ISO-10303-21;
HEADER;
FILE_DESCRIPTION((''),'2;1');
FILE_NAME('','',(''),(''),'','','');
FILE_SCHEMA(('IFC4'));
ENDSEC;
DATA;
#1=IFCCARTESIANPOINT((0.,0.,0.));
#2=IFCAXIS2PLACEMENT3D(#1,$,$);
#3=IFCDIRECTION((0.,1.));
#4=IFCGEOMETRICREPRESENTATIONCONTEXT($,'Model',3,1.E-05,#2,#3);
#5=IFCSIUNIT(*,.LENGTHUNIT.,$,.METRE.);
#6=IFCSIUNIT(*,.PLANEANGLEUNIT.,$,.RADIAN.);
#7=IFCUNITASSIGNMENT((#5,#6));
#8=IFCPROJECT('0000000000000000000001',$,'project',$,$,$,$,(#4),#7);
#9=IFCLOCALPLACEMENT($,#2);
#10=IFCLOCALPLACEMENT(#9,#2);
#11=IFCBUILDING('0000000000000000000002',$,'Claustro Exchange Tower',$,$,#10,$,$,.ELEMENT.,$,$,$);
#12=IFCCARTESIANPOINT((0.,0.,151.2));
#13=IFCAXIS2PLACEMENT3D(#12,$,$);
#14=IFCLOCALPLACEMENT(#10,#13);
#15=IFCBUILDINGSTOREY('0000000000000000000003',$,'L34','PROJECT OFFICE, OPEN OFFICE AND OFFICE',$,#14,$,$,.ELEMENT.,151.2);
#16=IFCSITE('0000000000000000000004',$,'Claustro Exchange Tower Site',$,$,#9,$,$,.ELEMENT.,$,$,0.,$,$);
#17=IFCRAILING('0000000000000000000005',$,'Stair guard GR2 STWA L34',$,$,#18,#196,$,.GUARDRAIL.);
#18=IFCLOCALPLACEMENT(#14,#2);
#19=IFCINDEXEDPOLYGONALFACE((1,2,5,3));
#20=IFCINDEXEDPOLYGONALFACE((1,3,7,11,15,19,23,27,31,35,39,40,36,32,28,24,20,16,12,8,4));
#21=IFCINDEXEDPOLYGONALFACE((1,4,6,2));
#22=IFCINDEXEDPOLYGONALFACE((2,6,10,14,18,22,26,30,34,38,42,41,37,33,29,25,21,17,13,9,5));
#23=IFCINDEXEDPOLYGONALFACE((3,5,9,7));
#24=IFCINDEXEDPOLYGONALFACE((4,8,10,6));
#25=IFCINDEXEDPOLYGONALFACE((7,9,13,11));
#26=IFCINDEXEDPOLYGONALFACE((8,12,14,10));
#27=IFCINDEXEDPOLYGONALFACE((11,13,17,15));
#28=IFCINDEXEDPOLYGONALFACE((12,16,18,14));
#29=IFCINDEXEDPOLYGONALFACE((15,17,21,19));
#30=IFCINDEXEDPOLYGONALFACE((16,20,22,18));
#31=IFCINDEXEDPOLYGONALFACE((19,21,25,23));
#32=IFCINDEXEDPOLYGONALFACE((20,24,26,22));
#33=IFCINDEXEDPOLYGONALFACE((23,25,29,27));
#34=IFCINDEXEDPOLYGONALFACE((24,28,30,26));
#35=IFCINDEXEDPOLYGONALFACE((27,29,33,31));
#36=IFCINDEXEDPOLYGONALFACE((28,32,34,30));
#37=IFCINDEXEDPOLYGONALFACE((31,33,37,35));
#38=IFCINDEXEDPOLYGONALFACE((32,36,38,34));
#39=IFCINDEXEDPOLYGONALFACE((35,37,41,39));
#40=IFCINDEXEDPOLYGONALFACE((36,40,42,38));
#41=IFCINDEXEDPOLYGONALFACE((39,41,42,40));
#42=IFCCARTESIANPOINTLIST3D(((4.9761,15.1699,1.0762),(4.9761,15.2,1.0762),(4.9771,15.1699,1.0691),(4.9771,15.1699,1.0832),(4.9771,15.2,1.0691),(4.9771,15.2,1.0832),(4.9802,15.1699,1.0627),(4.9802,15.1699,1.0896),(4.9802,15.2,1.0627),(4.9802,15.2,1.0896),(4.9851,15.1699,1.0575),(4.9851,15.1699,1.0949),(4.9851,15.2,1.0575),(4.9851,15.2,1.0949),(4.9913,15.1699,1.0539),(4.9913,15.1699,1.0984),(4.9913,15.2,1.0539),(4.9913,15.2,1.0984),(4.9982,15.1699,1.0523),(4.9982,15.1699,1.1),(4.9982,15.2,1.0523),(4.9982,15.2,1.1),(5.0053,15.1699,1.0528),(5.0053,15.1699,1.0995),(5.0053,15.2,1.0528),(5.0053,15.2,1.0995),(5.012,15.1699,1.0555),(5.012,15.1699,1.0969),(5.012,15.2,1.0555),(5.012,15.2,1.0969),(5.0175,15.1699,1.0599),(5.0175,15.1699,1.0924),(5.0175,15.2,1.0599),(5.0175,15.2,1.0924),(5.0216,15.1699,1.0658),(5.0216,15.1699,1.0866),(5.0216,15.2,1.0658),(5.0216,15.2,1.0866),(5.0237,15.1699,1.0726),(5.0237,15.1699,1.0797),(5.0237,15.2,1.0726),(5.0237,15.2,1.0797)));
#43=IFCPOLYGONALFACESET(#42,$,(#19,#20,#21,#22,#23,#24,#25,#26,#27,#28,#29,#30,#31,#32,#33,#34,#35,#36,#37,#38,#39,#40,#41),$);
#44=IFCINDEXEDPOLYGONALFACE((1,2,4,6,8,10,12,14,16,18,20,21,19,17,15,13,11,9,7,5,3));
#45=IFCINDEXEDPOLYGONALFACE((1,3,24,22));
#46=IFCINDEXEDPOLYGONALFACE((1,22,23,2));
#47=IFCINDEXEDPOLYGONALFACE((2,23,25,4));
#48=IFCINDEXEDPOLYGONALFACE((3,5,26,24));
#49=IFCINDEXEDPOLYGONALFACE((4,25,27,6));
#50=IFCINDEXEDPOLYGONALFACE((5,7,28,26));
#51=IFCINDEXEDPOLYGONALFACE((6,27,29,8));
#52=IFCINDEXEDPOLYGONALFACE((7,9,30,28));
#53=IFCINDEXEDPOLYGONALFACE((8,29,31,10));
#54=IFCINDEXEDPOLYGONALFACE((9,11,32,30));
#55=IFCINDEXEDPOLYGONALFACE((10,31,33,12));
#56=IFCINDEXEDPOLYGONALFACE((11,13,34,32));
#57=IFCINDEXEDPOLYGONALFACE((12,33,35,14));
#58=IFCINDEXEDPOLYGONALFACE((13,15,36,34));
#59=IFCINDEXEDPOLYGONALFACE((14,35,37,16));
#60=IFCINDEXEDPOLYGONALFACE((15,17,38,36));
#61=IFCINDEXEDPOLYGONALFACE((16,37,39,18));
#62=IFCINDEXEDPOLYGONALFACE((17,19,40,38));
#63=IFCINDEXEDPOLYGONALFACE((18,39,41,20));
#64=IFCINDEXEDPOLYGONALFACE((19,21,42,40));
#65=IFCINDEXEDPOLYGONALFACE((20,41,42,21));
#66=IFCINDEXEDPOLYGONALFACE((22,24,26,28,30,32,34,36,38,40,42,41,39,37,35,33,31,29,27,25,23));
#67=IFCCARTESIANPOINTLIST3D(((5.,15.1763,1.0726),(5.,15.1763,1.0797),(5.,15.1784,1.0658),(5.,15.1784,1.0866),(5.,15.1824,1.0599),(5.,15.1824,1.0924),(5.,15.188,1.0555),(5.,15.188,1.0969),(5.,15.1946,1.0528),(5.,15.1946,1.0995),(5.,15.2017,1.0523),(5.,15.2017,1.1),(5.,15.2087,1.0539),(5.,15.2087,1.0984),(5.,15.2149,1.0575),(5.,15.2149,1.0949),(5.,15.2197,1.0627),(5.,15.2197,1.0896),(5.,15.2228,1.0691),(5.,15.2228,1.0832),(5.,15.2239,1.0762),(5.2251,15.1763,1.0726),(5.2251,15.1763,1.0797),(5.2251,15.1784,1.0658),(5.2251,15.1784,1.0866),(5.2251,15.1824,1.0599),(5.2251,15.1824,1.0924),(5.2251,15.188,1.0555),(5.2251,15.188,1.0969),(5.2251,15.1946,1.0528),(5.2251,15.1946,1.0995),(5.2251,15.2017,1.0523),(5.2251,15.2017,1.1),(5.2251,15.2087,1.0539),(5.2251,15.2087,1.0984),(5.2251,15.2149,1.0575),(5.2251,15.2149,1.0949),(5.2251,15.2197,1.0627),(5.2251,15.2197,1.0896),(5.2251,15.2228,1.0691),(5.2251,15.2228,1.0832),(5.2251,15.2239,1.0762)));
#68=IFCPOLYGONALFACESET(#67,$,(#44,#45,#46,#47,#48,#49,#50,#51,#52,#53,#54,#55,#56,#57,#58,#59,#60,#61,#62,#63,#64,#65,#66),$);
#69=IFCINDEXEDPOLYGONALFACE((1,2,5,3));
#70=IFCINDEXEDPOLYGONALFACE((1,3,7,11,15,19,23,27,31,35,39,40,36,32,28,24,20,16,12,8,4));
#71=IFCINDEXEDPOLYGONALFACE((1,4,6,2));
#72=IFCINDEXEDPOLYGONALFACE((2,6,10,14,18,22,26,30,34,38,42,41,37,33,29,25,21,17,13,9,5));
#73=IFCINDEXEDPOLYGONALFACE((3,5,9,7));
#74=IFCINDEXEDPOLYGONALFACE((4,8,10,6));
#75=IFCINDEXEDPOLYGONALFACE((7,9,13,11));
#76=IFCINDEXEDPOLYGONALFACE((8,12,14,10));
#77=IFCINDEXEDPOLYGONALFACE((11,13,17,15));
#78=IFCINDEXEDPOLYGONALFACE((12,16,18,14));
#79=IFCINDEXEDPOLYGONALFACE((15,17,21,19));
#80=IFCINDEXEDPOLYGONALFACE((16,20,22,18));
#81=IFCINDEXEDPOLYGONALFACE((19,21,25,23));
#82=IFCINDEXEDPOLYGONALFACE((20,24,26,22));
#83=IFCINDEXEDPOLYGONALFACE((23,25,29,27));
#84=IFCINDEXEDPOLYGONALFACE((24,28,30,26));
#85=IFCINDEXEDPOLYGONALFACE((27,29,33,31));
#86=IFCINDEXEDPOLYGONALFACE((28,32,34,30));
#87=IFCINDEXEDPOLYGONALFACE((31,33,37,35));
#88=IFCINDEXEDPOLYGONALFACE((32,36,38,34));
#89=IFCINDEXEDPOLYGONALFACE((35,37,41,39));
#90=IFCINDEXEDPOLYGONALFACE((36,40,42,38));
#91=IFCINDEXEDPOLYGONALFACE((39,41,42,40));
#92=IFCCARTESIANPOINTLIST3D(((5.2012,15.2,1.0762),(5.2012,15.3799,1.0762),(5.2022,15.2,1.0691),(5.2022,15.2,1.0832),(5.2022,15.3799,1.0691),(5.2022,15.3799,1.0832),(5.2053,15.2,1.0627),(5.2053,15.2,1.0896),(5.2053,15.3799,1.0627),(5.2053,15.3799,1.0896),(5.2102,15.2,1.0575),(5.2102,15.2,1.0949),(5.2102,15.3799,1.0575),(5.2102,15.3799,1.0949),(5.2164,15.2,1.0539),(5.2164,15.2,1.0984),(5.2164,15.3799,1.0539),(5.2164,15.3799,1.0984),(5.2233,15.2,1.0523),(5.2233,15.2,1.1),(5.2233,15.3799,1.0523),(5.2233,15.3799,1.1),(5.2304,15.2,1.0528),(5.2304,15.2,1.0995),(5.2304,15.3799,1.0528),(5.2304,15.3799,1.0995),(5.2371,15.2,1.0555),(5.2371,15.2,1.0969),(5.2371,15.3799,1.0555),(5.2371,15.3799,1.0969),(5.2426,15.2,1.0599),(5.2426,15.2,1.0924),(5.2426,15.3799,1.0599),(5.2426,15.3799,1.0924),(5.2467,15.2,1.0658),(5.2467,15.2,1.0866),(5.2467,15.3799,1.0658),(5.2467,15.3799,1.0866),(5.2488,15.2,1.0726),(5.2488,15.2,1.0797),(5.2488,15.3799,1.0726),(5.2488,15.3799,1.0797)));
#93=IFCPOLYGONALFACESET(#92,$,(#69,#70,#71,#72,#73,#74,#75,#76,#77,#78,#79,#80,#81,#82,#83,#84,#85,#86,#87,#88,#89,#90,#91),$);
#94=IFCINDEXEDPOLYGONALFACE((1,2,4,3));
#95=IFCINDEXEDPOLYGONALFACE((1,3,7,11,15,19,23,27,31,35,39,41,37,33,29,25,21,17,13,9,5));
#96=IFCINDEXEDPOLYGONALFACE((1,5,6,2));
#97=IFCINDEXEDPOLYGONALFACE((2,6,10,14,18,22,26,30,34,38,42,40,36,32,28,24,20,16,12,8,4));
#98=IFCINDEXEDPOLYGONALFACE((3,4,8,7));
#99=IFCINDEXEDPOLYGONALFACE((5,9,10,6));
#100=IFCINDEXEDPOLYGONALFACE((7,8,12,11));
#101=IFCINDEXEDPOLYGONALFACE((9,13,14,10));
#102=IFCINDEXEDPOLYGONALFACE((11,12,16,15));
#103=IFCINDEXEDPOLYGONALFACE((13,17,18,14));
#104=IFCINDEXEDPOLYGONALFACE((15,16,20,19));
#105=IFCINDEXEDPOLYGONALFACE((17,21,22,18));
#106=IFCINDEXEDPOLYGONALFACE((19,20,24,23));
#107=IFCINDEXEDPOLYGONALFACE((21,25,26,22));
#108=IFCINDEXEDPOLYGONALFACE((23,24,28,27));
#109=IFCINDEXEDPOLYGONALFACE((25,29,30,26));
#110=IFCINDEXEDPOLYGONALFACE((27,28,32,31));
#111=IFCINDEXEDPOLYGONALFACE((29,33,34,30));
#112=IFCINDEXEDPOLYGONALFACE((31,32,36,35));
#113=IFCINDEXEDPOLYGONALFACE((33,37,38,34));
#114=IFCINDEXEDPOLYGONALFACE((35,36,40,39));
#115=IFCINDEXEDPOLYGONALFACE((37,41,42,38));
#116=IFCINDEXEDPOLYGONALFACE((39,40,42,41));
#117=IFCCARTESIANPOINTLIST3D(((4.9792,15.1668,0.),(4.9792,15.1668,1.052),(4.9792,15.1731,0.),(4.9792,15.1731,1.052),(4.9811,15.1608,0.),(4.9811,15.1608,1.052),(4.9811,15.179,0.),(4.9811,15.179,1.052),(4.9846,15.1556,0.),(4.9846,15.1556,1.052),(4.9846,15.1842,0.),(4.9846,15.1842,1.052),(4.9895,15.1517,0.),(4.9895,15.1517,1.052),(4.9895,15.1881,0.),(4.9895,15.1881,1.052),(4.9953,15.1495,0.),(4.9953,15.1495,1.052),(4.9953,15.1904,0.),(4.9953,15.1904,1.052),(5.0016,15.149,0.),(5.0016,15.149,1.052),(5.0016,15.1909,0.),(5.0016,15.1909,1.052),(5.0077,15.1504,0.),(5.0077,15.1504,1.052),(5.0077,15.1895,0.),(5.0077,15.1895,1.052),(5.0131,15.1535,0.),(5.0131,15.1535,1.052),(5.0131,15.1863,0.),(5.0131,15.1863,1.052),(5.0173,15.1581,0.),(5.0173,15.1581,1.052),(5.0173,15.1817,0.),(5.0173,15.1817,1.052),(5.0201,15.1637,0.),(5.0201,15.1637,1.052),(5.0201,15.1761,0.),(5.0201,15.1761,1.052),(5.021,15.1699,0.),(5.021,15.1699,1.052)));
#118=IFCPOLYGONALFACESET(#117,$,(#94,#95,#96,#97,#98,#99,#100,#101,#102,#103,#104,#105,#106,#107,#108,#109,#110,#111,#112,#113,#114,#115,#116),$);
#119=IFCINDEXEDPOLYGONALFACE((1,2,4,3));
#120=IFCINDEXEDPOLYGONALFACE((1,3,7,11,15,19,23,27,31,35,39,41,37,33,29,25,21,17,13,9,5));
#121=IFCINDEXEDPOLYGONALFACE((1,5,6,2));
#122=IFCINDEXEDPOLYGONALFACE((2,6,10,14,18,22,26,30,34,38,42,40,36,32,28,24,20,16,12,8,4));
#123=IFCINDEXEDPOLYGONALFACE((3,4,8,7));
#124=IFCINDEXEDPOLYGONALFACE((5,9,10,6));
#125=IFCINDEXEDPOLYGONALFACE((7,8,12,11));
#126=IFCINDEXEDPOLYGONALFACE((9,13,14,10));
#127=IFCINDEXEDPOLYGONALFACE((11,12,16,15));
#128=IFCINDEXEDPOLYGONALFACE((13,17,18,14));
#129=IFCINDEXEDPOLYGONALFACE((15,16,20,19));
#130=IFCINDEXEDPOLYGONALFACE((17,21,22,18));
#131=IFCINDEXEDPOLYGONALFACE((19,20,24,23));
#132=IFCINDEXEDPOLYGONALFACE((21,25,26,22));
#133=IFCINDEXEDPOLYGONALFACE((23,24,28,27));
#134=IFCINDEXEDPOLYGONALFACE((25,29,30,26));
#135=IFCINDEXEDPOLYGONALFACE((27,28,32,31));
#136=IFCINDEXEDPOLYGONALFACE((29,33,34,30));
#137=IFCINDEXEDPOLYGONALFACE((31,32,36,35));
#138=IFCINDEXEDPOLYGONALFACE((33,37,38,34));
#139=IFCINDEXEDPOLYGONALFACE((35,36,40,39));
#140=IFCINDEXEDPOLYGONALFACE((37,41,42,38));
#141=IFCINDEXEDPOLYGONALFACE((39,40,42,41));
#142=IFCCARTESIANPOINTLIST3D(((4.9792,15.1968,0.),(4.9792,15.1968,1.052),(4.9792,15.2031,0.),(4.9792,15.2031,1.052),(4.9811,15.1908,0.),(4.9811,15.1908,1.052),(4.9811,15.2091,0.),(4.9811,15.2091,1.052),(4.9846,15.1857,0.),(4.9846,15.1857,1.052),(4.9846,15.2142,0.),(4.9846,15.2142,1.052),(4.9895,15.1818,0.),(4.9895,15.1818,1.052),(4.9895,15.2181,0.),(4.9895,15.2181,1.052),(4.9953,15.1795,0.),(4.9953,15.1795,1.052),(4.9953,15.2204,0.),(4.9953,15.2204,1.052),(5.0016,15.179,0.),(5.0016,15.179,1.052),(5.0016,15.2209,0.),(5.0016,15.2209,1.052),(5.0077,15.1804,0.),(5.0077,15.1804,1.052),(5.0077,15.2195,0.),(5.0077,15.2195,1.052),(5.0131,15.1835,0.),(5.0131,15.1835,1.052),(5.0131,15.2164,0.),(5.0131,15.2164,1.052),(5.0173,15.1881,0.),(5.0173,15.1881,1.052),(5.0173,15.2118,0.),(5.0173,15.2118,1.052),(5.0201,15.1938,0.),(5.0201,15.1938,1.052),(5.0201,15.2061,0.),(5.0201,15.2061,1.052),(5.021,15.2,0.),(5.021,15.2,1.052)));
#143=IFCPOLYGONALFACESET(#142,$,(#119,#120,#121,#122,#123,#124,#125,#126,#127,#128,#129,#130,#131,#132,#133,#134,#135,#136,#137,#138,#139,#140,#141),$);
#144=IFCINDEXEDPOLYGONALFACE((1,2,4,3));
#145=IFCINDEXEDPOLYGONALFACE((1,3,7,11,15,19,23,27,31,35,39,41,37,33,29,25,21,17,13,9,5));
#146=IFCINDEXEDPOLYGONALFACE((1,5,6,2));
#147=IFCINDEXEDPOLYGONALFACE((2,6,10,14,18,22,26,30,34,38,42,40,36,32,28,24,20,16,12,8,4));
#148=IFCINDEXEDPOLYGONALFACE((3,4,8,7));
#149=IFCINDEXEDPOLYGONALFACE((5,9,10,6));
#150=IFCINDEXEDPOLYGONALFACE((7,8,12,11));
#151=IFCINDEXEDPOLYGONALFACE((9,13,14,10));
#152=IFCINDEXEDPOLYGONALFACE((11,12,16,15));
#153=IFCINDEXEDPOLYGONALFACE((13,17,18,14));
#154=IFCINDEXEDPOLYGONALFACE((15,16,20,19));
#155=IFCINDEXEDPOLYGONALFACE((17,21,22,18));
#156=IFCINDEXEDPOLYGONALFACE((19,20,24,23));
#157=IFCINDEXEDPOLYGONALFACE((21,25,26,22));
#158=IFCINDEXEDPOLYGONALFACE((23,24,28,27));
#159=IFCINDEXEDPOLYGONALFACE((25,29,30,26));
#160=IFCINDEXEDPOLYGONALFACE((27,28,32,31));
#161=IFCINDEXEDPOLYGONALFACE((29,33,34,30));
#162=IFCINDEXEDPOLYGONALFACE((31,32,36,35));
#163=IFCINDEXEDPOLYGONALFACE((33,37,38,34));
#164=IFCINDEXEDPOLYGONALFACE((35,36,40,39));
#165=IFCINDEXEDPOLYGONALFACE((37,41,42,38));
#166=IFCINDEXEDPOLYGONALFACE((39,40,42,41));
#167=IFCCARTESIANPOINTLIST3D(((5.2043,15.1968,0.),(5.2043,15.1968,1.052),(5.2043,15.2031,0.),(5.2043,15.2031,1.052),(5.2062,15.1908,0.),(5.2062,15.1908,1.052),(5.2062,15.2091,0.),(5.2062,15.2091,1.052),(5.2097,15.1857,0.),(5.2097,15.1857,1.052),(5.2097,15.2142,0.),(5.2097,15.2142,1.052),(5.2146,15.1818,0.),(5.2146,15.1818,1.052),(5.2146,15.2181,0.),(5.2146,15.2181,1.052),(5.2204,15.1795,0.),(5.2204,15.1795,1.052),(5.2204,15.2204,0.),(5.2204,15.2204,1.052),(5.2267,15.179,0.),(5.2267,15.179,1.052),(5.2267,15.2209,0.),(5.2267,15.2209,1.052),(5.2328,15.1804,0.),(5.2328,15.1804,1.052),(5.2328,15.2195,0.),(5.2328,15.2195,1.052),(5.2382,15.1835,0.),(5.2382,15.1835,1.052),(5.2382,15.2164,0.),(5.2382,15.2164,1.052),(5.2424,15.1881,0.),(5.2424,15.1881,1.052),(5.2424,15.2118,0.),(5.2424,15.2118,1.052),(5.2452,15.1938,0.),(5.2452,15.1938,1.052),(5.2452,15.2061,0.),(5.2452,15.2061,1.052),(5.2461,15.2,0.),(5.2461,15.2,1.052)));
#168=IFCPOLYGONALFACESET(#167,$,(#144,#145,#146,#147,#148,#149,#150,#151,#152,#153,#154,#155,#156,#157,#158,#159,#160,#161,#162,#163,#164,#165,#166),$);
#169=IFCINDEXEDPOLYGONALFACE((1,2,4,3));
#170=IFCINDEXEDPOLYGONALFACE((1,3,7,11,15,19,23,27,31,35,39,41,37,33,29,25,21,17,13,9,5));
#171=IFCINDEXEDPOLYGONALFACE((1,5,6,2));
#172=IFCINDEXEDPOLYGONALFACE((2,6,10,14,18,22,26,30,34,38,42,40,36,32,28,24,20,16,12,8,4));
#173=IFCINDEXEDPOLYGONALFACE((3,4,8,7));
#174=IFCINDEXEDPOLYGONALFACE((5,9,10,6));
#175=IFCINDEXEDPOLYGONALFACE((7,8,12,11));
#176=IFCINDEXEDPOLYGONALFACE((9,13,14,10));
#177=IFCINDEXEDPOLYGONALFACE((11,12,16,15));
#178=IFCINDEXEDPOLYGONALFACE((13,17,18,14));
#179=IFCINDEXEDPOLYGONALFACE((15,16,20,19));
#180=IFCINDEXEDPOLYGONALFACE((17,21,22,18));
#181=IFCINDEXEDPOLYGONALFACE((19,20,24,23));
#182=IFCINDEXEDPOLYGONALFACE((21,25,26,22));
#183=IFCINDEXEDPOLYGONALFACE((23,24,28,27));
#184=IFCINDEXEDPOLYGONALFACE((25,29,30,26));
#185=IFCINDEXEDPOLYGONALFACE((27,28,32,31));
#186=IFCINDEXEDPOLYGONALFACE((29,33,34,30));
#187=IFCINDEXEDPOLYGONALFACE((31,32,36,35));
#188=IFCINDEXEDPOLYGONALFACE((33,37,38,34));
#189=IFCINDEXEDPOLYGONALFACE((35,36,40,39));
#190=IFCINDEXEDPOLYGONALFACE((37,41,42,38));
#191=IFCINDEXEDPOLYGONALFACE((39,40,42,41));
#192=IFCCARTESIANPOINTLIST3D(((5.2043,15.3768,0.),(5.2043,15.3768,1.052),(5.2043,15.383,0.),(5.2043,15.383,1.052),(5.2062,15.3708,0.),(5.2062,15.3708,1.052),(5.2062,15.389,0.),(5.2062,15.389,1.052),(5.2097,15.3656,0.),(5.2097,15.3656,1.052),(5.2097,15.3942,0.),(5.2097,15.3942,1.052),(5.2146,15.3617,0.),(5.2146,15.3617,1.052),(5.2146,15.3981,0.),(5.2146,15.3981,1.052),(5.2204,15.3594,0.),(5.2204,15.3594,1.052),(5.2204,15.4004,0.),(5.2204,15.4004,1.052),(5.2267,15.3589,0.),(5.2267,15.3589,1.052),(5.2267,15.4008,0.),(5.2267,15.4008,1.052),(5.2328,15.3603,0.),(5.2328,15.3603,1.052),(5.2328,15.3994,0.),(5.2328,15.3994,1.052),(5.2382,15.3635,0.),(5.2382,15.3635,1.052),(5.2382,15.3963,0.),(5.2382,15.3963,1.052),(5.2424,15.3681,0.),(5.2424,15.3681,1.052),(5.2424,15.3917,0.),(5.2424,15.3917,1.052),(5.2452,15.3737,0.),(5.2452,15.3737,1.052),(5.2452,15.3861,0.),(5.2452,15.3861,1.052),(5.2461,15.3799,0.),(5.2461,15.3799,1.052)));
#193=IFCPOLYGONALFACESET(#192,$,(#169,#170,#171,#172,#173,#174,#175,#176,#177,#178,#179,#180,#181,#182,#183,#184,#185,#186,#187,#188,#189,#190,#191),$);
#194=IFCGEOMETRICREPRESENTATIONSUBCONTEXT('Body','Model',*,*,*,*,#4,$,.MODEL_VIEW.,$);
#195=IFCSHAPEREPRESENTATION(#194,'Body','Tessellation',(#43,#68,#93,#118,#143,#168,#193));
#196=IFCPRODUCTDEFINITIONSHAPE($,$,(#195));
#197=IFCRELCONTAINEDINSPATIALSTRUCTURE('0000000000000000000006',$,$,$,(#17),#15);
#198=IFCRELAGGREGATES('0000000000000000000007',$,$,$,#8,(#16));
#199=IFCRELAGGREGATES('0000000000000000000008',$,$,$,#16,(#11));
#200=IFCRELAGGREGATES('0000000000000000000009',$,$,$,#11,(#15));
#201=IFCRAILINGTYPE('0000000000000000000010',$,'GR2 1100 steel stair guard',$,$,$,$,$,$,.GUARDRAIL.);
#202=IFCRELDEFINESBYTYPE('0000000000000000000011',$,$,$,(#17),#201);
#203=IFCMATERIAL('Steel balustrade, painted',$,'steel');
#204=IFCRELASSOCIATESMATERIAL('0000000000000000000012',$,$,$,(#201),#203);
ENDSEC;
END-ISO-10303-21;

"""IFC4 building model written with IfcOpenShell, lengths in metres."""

from ifc_helpers import new_model, si_unit, direction, frame, origin, origin_2d, place, context, subcontext, project, spatial, circle, extrude, material, type_object, element, save


model = new_model("IFC4")

# Units and contexts
model_context = context("Model", 3, precision=1e-05, world=origin(), true_north=direction((0.0, 1.0)))
body_context = subcontext(model_context, "Body", "Model", "MODEL_VIEW")
ifc_project = project(units=[si_unit("LENGTHUNIT", "METRE"), si_unit("PLANEANGLEUNIT", "RADIAN")], contexts=[model_context])

# Site, building, storey
site_placement = place(None, origin())
site = spatial("IfcSite", under=ifc_project, at=site_placement, Name="Claustro Exchange Tower Site", CompositionType="ELEMENT", RefElevation=0.0)
building_placement = place(site_placement, origin())
building = spatial("IfcBuilding", under=site, at=building_placement, Name="Claustro Exchange Tower", CompositionType="ELEMENT")
storey_placement = place(building_placement, frame((0.0, 0.0, 151.2)))
storey = spatial("IfcBuildingStorey", under=building, at=storey_placement, Name="L34", Description="PROJECT OFFICE, OPEN OFFICE AND OFFICE", CompositionType="ELEMENT", Elevation=151.2)

# Railing
ifc_material_1 = material(Name="Steel balustrade, painted", Category="steel")
railing_type_1 = type_object("IfcRailingType", Name="GR2 1100 steel stair guard", PredefinedType="GUARDRAIL", material=ifc_material_1)
railing_1_placement = place(storey_placement, frame((5.0, 15.1699, 0.0)))
element("IfcRailing", 1, at=railing_1_placement, inside=storey, type_object=railing_type_1, Name="Stair guard GR2 STWA L34", PredefinedType="GUARDRAIL", context=body_context, shape_type="SweptSolid", body=[
    extrude(circle(Radius=0.0239, at=origin_2d()), frame((0.0, 0.0, 1.0762), z_axis=(0.0, 1.0, 0.0), x_axis=(-1.0, 0.0, 0.0)), (0.0, 0.0, 1.0), 0.03),
    extrude(circle(Radius=0.0239, at=origin_2d()), frame((0.0, 0.03, 1.0762), z_axis=(1.0, 0.0, 0.0), x_axis=(0.0, 1.0, 0.0)), (0.0, 0.0, 1.0), 0.2251),
    extrude(circle(Radius=0.0239, at=origin_2d()), frame((0.2251, 0.03, 1.0762), z_axis=(0.0, 1.0, 0.0), x_axis=(-1.0, 0.0, 0.0)), (0.0, 0.0, 1.0), 0.1799),
    extrude(circle(Radius=0.021, at=origin_2d()), origin(), (0.0, 0.0, 1.0), 1.052),
    extrude(circle(Radius=0.021, at=origin_2d()), frame((0.0, 0.03, 0.0)), (0.0, 0.0, 1.0), 1.052),
    extrude(circle(Radius=0.021, at=origin_2d()), frame((0.2251, 0.03, 0.0)), (0.0, 0.0, 1.0), 1.052),
    extrude(circle(Radius=0.021, at=origin_2d()), frame((0.2251, 0.21, 0.0)), (0.0, 0.0, 1.0), 1.052),
])

save(model, "model.ifc")
